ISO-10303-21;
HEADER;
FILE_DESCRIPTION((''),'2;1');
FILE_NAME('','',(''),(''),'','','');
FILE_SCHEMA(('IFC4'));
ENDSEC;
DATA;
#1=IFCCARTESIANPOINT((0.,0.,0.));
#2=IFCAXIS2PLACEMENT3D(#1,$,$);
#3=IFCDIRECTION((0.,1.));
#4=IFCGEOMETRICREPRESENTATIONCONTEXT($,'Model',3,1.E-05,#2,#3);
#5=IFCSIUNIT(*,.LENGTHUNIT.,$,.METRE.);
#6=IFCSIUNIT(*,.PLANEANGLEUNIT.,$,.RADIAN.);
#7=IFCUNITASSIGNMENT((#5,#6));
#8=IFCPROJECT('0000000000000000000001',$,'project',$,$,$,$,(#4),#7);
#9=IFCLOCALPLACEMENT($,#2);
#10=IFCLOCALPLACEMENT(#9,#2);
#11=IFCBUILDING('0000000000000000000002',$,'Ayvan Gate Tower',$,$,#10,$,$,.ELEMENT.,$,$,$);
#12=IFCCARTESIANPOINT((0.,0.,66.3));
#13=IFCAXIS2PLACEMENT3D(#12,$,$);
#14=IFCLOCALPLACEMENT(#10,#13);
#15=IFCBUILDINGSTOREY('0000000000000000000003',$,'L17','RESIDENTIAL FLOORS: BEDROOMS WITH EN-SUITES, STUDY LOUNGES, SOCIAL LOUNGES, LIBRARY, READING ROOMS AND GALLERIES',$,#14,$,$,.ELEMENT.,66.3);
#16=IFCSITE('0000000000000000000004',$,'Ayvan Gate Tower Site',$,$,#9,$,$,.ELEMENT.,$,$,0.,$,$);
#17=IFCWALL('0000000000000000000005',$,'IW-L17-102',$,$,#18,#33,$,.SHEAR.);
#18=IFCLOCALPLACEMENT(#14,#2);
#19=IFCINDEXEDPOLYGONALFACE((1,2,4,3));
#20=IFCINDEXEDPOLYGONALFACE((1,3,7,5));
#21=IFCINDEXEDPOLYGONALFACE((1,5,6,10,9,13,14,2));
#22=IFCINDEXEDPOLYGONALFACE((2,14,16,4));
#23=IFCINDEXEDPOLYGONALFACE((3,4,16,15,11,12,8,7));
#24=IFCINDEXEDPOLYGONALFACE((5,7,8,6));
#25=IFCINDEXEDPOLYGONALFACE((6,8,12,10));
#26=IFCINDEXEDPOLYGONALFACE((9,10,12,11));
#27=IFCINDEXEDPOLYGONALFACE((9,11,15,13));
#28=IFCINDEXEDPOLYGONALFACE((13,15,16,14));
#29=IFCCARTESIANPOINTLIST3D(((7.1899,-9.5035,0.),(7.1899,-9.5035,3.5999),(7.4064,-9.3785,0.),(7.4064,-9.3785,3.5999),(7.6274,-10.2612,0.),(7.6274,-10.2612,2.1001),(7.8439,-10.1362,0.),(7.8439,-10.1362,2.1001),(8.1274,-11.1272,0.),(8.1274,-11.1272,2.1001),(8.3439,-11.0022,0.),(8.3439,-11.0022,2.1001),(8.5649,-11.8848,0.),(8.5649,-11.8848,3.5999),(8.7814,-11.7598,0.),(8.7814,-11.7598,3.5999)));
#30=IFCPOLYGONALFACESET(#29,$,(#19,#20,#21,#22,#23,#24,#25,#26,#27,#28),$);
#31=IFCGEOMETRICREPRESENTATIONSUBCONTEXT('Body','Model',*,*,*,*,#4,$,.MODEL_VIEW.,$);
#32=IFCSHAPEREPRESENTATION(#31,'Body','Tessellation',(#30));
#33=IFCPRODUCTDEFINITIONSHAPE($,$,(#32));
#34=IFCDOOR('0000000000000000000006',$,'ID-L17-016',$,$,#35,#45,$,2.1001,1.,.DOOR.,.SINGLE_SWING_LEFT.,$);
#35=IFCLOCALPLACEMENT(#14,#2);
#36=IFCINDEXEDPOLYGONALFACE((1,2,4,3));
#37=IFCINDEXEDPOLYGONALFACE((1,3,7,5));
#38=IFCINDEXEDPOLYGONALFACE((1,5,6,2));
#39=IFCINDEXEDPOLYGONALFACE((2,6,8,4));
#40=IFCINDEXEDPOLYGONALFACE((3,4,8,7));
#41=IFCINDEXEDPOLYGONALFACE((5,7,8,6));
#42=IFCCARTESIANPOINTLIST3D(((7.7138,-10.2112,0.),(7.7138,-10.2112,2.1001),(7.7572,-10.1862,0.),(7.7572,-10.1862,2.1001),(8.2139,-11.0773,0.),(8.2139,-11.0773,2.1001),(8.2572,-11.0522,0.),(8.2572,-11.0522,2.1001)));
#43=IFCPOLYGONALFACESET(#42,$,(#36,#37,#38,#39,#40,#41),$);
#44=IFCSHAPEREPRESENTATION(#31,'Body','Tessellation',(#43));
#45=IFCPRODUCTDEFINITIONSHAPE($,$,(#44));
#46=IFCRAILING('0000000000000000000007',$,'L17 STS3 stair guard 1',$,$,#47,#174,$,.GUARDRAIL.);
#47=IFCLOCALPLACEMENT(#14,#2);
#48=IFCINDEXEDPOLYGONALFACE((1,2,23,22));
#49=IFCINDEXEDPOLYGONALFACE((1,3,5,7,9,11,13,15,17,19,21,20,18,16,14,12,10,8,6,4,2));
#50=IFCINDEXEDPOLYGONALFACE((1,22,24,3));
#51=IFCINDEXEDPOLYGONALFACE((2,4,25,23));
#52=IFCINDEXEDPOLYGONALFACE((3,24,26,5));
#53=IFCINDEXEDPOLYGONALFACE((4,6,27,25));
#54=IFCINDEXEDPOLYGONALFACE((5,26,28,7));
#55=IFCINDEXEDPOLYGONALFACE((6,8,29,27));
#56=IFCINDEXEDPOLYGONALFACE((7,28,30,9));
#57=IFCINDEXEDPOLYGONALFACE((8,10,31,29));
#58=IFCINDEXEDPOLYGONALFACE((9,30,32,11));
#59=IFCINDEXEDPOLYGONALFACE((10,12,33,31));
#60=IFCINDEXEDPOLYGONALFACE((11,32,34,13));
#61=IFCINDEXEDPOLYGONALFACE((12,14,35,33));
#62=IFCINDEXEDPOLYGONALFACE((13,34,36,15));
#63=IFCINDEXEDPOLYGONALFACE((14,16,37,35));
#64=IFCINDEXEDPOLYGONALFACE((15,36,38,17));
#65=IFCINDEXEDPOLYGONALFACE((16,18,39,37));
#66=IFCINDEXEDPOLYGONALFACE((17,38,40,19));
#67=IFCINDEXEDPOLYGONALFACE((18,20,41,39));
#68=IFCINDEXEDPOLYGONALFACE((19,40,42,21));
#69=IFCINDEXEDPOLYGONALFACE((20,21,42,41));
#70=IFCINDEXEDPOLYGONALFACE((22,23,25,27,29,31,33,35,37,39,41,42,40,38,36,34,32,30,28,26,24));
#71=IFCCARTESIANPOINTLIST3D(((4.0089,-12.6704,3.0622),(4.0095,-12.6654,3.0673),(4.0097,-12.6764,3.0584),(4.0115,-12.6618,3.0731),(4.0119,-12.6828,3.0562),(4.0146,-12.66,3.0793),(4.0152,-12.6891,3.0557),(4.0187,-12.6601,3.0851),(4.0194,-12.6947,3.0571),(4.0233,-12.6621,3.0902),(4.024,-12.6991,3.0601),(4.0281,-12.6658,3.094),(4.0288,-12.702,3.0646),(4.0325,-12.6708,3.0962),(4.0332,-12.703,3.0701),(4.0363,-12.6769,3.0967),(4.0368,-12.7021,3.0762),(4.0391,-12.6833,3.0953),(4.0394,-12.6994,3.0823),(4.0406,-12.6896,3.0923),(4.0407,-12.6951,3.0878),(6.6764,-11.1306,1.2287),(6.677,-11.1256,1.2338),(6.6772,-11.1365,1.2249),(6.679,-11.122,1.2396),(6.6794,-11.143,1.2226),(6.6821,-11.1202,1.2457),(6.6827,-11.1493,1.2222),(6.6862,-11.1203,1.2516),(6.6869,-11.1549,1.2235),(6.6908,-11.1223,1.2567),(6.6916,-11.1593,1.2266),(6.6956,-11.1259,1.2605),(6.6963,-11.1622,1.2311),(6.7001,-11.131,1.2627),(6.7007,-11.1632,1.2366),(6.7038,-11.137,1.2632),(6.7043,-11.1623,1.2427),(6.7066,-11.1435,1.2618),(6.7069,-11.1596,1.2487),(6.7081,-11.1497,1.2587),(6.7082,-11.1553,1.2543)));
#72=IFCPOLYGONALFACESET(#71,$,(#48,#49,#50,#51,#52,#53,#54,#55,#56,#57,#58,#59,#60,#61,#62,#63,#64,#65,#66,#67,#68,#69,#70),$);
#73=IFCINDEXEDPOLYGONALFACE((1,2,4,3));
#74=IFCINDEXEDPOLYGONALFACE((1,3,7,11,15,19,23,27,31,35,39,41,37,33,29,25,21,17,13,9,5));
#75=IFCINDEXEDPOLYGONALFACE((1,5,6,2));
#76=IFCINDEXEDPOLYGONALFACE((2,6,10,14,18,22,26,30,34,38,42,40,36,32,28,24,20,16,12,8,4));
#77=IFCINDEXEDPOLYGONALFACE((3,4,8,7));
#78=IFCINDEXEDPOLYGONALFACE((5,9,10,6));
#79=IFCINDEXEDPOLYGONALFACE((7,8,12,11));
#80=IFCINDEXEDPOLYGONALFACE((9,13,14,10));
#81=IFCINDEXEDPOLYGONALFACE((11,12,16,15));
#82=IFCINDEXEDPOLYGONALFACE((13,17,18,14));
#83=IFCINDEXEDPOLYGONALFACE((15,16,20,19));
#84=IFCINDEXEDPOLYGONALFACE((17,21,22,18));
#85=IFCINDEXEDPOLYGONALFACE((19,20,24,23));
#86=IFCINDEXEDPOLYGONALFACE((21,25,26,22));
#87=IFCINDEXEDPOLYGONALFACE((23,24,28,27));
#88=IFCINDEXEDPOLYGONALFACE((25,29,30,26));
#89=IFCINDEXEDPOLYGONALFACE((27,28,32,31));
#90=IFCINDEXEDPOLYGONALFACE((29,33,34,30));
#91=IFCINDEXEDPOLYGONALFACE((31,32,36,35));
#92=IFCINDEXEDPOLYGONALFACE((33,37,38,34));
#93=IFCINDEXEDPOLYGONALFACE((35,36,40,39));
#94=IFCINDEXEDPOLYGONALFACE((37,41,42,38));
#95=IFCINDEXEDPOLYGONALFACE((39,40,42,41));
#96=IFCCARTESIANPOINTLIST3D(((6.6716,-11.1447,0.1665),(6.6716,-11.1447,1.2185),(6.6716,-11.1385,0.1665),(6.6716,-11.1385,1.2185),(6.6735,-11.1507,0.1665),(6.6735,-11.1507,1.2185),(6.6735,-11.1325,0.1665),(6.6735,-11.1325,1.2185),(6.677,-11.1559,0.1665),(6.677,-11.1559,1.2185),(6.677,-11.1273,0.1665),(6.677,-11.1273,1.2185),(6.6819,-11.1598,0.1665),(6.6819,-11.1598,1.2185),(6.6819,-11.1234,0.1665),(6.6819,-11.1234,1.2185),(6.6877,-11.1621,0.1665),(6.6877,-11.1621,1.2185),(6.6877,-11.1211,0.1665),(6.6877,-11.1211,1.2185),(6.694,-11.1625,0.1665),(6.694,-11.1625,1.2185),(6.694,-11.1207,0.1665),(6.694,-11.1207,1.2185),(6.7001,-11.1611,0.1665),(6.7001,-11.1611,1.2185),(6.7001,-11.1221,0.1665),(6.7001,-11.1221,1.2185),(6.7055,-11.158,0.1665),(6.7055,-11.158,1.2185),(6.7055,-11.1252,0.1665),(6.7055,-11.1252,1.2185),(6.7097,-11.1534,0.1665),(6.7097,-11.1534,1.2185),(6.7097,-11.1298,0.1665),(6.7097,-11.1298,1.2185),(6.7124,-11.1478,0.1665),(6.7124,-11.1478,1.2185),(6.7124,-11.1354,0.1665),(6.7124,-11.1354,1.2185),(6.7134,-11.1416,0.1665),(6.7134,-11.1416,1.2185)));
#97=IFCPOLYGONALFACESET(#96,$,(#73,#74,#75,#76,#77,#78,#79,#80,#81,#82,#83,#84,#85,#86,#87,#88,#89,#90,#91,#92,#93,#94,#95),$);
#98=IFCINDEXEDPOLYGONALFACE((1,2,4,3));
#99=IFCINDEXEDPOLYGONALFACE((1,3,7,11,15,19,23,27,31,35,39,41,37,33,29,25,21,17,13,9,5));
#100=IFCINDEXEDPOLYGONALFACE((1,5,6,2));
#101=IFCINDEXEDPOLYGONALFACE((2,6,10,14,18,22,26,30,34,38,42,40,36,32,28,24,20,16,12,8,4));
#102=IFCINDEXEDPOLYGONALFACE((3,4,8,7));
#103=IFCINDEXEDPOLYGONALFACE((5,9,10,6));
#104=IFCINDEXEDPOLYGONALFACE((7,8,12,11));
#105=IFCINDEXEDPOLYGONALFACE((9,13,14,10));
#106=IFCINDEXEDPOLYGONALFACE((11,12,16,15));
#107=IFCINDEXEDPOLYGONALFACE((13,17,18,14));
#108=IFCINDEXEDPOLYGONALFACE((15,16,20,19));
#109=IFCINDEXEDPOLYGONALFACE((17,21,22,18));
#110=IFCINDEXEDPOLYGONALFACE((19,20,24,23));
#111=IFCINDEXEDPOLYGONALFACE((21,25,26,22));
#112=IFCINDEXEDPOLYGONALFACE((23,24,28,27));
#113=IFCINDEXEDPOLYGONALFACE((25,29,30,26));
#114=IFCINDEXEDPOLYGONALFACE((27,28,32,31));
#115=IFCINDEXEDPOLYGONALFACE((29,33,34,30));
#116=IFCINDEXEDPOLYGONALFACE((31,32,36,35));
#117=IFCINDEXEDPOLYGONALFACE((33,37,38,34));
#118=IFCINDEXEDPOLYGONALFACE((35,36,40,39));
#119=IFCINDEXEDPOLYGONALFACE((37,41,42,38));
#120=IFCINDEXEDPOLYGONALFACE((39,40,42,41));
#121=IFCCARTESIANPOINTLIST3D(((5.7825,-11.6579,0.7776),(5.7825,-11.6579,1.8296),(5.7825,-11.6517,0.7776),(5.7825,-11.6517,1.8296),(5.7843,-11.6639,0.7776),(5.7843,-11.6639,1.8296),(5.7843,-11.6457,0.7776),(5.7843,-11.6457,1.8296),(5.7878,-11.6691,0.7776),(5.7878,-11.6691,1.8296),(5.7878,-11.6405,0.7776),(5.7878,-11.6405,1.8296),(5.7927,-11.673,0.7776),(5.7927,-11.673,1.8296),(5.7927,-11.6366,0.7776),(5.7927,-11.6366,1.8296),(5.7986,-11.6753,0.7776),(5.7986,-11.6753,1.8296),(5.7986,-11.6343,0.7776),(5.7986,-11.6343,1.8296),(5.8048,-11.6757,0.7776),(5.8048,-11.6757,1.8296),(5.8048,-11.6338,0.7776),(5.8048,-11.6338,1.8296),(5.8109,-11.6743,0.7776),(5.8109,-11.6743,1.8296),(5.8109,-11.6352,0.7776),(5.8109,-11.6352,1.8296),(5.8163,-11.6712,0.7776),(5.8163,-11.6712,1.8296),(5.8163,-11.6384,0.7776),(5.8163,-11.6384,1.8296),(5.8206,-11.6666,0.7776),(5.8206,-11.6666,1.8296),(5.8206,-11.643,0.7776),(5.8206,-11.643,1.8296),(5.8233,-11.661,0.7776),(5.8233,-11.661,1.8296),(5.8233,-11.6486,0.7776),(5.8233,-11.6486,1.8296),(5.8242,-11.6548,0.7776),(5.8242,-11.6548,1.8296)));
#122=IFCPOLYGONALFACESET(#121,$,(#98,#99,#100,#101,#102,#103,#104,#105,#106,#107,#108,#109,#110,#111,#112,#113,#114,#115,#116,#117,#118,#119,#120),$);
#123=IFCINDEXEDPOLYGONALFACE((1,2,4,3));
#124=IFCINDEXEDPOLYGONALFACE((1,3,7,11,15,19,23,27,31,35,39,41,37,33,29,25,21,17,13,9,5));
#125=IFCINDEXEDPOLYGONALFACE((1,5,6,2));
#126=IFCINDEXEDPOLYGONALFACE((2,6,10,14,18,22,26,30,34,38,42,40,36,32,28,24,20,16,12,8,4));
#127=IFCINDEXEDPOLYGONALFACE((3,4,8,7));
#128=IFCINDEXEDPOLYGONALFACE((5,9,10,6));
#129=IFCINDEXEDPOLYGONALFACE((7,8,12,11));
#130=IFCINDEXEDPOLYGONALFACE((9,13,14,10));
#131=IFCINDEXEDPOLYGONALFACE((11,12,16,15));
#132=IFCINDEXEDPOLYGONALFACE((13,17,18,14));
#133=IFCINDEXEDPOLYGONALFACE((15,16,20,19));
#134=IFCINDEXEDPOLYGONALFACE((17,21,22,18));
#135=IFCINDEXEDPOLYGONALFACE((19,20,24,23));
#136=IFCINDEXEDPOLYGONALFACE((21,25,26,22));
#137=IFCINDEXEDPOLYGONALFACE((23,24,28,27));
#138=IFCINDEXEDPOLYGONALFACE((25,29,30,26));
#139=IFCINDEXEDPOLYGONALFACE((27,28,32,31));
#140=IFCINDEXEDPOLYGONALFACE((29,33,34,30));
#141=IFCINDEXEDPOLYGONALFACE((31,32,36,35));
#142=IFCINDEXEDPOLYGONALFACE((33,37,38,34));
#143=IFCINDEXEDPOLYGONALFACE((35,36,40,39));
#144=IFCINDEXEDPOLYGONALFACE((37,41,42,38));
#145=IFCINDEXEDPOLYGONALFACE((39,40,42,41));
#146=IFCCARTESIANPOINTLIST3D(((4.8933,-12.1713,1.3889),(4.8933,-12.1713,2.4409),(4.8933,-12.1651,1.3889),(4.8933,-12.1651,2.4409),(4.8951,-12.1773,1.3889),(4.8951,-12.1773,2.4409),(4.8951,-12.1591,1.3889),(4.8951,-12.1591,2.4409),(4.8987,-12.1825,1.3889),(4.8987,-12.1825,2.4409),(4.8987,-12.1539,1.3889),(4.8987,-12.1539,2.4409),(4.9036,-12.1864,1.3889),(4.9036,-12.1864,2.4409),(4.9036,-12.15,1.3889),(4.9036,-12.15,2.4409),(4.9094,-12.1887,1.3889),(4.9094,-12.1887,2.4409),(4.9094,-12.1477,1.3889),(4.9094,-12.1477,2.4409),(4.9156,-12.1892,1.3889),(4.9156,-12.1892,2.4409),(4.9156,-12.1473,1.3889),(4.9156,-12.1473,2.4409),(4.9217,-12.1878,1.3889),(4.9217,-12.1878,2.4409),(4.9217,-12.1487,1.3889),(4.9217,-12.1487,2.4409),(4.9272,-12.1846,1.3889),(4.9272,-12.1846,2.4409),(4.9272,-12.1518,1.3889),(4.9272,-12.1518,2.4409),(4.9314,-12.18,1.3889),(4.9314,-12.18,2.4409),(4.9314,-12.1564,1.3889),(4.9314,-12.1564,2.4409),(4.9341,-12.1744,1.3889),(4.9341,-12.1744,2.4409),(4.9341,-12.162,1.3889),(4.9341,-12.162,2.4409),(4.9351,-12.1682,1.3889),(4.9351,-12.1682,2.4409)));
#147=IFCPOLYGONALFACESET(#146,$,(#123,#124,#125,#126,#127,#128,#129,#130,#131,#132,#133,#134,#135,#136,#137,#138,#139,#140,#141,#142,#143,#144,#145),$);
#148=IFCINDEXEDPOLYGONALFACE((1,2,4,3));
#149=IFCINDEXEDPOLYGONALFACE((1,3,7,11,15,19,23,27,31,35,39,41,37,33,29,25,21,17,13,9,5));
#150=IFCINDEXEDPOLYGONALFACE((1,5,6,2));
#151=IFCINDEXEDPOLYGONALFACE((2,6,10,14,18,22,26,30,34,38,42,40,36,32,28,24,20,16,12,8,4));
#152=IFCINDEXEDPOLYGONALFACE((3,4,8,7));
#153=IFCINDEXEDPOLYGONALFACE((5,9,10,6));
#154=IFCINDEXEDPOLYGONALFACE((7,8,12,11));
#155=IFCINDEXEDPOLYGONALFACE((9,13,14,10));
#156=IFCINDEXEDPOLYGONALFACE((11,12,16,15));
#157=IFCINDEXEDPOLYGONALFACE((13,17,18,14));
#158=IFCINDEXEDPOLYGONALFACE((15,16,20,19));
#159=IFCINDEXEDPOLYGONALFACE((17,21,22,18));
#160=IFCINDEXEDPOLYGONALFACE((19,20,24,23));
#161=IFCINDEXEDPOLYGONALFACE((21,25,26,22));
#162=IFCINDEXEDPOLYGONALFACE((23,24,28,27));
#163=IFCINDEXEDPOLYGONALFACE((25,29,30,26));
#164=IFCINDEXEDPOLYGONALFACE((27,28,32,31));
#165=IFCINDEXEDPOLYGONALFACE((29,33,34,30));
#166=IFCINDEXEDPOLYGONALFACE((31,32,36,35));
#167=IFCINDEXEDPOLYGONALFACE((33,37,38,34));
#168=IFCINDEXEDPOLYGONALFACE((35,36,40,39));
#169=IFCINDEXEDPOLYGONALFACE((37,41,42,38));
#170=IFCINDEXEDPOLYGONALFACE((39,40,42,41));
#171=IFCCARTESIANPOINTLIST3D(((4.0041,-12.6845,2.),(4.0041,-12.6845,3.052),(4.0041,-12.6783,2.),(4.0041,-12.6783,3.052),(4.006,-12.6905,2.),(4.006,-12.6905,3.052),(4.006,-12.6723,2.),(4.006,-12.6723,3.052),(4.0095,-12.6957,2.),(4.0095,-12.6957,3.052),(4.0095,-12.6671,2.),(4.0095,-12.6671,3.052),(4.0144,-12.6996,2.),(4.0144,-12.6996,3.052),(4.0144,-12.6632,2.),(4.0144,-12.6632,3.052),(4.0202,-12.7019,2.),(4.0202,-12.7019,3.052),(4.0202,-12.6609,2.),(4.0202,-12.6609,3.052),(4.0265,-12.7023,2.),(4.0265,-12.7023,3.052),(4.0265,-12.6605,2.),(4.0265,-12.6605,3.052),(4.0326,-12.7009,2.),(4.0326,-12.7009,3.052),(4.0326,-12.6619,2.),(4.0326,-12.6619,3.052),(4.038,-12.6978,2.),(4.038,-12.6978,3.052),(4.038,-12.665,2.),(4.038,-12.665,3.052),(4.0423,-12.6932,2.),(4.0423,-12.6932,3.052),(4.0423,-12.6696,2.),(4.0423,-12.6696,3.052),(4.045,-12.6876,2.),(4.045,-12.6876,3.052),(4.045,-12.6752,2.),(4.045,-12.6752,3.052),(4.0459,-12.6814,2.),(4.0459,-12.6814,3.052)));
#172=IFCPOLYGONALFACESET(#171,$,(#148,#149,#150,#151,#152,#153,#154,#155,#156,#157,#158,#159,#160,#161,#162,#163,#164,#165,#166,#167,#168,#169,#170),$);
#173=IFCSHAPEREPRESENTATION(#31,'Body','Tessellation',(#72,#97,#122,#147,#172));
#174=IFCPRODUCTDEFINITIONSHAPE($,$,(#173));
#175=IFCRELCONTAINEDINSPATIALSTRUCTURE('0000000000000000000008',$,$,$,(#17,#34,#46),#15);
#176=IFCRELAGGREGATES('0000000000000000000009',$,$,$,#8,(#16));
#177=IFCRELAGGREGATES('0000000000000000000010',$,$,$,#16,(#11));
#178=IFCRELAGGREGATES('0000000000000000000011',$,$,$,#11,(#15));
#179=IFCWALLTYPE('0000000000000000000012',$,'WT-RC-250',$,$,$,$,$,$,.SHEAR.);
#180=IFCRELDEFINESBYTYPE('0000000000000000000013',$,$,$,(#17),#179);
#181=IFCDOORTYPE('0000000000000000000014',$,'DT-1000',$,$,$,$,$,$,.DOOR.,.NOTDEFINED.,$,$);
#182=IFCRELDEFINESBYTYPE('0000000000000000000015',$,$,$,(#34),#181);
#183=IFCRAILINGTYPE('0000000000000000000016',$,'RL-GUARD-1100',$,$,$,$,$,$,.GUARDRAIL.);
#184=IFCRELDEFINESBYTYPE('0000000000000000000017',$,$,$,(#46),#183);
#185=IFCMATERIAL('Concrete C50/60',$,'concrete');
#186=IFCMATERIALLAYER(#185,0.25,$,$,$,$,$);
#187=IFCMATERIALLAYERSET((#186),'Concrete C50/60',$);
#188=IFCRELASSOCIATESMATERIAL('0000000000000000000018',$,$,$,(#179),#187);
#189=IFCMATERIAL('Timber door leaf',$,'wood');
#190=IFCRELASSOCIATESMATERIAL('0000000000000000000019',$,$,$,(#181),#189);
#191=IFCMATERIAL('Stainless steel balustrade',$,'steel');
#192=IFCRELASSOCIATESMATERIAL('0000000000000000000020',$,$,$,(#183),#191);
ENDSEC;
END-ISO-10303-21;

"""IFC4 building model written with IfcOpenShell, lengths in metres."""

from ifc_helpers import new_model, si_unit, direction, frame, frame_2d, origin, origin_2d, place, context, subcontext, project, spatial, rectangle, circle, extrude, material, layer, layer_set, type_object, element, fill, save


model = new_model("IFC4")

# Units and contexts
model_context = context("Model", 3, precision=1e-05, world=origin(), true_north=direction((0.0, 1.0)))
body_context = subcontext(model_context, "Body", "Model", "MODEL_VIEW")
ifc_project = project(units=[si_unit("LENGTHUNIT", "METRE"), si_unit("PLANEANGLEUNIT", "RADIAN")], contexts=[model_context])

# Site, building, storey
site_placement = place(None, origin())
site = spatial("IfcSite", under=ifc_project, at=site_placement, Name="Ayvan Gate Tower Site", CompositionType="ELEMENT", RefElevation=0.0)
building_placement = place(site_placement, origin())
building = spatial("IfcBuilding", under=site, at=building_placement, Name="Ayvan Gate Tower", CompositionType="ELEMENT")
storey_placement = place(building_placement, frame((0.0, 0.0, 66.3)))
storey = spatial("IfcBuildingStorey", under=building, at=storey_placement, Name="L17", Description="RESIDENTIAL FLOORS: BEDROOMS WITH EN-SUITES, STUDY LOUNGES, SOCIAL LOUNGES, LIBRARY, READING ROOMS AND GALLERIES", CompositionType="ELEMENT", Elevation=66.3)

# Shared definitions
ifc_material_1 = material(Name="Timber door leaf", Category="wood")

# Shared definitions
ifc_material_2 = material(Name="Concrete C50/60", Category="concrete")
ifc_layer_1 = layer(ifc_material_2, 0.25)
ifc_layer_set_1 = layer_set([ifc_layer_1], Name="Concrete C50/60")
wall_type_1 = type_object("IfcWallType", Name="WT-RC-250", PredefinedType="SHEAR", material=ifc_layer_set_1)
door_type_1 = type_object("IfcDoorType", Name="DT-1000", OperationType="NOTDEFINED", PredefinedType="DOOR", material=ifc_material_1)

# Wall, opening, door
wall_1_placement = place(storey_placement, frame((7.2981, -9.4409, 0.0), z_axis=(0.0, 0.0, 1.0), x_axis=(0.500035, -0.866005, 0.0)))
wall_1 = element("IfcWall", 1, at=wall_1_placement, inside=storey, type_object=wall_type_1, Name="IW-L17-102", PredefinedType="SHEAR", context=body_context, shape_type="SweptSolid", body=[
    extrude(rectangle(XDim=2.7498, YDim=0.25, at=frame_2d((1.375, 0.0))), origin(), (0.0, 0.0, 1.0), 3.5999),
])
opening_1_placement = place(wall_1_placement, frame((0.875, 0.0, 0.0)))
opening_1 = element("IfcOpeningElement", 2, at=opening_1_placement, cuts=wall_1, PredefinedType="OPENING", context=body_context, shape_type="SweptSolid", body=[
    extrude(rectangle(XDim=1.0, YDim=2.1001, at=frame_2d((0.5, 1.05))), frame((0.0, 0.135, 0.0), z_axis=(0.0, -1.0, 0.0), x_axis=(1.0, 0.0, 0.0)), (0.0, 0.0, 1.0), 0.27),
])
door_1_placement = place(opening_1_placement, origin())
door_1 = element("IfcDoor", 3, at=door_1_placement, inside=storey, type_object=door_type_1, Name="ID-L17-016", OperationType="SINGLE_SWING_LEFT", OverallHeight=2.1001, OverallWidth=1.0, PredefinedType="DOOR", context=body_context, shape_type="SweptSolid", body=[
    extrude(rectangle(XDim=1.0, YDim=2.1001, at=frame_2d((0.5, 1.05))), frame((0.0, 0.0249, 0.0), z_axis=(0.0, -1.0, 0.0), x_axis=(1.0, 0.0, 0.0)), (0.0, 0.0, 1.0), 0.05),
])
fill(opening_1, door_1)

# Railing
ifc_material_3 = material(Name="Stainless steel balustrade", Category="steel")
railing_type_1 = type_object("IfcRailingType", Name="RL-GUARD-1100", PredefinedType="GUARDRAIL", material=ifc_material_3)
railing_1_placement = place(storey_placement, frame((6.6924, -11.1416, 0.1665)))
element("IfcRailing", 4, at=railing_1_placement, inside=storey, type_object=railing_type_1, Name="L17 STS3 stair guard 1", PredefinedType="GUARDRAIL", context=body_context, shape_type="SweptSolid", body=[
    extrude(circle(Radius=0.0239, at=origin_2d()), frame((0.0, 0.0, 1.0762), z_axis=(-0.744186, -0.429579, 0.511517), x_axis=(0.499933, -0.866064, 0.0)), (0.0, 0.0, 1.0), 3.5845),
    extrude(circle(Radius=0.021, at=origin_2d()), origin(), (0.0, 0.0, 1.0), 1.052),
    extrude(circle(Radius=0.021, at=origin_2d()), frame((-0.8892, -0.5132, 0.6111)), (0.0, 0.0, 1.0), 1.052),
    extrude(circle(Radius=0.021, at=origin_2d()), frame((-1.7783, -1.0266, 1.2224)), (0.0, 0.0, 1.0), 1.052),
    extrude(circle(Radius=0.021, at=origin_2d()), frame((-2.6675, -1.5398, 1.8335)), (0.0, 0.0, 1.0), 1.052),
])

save(model, "model.ifc")
